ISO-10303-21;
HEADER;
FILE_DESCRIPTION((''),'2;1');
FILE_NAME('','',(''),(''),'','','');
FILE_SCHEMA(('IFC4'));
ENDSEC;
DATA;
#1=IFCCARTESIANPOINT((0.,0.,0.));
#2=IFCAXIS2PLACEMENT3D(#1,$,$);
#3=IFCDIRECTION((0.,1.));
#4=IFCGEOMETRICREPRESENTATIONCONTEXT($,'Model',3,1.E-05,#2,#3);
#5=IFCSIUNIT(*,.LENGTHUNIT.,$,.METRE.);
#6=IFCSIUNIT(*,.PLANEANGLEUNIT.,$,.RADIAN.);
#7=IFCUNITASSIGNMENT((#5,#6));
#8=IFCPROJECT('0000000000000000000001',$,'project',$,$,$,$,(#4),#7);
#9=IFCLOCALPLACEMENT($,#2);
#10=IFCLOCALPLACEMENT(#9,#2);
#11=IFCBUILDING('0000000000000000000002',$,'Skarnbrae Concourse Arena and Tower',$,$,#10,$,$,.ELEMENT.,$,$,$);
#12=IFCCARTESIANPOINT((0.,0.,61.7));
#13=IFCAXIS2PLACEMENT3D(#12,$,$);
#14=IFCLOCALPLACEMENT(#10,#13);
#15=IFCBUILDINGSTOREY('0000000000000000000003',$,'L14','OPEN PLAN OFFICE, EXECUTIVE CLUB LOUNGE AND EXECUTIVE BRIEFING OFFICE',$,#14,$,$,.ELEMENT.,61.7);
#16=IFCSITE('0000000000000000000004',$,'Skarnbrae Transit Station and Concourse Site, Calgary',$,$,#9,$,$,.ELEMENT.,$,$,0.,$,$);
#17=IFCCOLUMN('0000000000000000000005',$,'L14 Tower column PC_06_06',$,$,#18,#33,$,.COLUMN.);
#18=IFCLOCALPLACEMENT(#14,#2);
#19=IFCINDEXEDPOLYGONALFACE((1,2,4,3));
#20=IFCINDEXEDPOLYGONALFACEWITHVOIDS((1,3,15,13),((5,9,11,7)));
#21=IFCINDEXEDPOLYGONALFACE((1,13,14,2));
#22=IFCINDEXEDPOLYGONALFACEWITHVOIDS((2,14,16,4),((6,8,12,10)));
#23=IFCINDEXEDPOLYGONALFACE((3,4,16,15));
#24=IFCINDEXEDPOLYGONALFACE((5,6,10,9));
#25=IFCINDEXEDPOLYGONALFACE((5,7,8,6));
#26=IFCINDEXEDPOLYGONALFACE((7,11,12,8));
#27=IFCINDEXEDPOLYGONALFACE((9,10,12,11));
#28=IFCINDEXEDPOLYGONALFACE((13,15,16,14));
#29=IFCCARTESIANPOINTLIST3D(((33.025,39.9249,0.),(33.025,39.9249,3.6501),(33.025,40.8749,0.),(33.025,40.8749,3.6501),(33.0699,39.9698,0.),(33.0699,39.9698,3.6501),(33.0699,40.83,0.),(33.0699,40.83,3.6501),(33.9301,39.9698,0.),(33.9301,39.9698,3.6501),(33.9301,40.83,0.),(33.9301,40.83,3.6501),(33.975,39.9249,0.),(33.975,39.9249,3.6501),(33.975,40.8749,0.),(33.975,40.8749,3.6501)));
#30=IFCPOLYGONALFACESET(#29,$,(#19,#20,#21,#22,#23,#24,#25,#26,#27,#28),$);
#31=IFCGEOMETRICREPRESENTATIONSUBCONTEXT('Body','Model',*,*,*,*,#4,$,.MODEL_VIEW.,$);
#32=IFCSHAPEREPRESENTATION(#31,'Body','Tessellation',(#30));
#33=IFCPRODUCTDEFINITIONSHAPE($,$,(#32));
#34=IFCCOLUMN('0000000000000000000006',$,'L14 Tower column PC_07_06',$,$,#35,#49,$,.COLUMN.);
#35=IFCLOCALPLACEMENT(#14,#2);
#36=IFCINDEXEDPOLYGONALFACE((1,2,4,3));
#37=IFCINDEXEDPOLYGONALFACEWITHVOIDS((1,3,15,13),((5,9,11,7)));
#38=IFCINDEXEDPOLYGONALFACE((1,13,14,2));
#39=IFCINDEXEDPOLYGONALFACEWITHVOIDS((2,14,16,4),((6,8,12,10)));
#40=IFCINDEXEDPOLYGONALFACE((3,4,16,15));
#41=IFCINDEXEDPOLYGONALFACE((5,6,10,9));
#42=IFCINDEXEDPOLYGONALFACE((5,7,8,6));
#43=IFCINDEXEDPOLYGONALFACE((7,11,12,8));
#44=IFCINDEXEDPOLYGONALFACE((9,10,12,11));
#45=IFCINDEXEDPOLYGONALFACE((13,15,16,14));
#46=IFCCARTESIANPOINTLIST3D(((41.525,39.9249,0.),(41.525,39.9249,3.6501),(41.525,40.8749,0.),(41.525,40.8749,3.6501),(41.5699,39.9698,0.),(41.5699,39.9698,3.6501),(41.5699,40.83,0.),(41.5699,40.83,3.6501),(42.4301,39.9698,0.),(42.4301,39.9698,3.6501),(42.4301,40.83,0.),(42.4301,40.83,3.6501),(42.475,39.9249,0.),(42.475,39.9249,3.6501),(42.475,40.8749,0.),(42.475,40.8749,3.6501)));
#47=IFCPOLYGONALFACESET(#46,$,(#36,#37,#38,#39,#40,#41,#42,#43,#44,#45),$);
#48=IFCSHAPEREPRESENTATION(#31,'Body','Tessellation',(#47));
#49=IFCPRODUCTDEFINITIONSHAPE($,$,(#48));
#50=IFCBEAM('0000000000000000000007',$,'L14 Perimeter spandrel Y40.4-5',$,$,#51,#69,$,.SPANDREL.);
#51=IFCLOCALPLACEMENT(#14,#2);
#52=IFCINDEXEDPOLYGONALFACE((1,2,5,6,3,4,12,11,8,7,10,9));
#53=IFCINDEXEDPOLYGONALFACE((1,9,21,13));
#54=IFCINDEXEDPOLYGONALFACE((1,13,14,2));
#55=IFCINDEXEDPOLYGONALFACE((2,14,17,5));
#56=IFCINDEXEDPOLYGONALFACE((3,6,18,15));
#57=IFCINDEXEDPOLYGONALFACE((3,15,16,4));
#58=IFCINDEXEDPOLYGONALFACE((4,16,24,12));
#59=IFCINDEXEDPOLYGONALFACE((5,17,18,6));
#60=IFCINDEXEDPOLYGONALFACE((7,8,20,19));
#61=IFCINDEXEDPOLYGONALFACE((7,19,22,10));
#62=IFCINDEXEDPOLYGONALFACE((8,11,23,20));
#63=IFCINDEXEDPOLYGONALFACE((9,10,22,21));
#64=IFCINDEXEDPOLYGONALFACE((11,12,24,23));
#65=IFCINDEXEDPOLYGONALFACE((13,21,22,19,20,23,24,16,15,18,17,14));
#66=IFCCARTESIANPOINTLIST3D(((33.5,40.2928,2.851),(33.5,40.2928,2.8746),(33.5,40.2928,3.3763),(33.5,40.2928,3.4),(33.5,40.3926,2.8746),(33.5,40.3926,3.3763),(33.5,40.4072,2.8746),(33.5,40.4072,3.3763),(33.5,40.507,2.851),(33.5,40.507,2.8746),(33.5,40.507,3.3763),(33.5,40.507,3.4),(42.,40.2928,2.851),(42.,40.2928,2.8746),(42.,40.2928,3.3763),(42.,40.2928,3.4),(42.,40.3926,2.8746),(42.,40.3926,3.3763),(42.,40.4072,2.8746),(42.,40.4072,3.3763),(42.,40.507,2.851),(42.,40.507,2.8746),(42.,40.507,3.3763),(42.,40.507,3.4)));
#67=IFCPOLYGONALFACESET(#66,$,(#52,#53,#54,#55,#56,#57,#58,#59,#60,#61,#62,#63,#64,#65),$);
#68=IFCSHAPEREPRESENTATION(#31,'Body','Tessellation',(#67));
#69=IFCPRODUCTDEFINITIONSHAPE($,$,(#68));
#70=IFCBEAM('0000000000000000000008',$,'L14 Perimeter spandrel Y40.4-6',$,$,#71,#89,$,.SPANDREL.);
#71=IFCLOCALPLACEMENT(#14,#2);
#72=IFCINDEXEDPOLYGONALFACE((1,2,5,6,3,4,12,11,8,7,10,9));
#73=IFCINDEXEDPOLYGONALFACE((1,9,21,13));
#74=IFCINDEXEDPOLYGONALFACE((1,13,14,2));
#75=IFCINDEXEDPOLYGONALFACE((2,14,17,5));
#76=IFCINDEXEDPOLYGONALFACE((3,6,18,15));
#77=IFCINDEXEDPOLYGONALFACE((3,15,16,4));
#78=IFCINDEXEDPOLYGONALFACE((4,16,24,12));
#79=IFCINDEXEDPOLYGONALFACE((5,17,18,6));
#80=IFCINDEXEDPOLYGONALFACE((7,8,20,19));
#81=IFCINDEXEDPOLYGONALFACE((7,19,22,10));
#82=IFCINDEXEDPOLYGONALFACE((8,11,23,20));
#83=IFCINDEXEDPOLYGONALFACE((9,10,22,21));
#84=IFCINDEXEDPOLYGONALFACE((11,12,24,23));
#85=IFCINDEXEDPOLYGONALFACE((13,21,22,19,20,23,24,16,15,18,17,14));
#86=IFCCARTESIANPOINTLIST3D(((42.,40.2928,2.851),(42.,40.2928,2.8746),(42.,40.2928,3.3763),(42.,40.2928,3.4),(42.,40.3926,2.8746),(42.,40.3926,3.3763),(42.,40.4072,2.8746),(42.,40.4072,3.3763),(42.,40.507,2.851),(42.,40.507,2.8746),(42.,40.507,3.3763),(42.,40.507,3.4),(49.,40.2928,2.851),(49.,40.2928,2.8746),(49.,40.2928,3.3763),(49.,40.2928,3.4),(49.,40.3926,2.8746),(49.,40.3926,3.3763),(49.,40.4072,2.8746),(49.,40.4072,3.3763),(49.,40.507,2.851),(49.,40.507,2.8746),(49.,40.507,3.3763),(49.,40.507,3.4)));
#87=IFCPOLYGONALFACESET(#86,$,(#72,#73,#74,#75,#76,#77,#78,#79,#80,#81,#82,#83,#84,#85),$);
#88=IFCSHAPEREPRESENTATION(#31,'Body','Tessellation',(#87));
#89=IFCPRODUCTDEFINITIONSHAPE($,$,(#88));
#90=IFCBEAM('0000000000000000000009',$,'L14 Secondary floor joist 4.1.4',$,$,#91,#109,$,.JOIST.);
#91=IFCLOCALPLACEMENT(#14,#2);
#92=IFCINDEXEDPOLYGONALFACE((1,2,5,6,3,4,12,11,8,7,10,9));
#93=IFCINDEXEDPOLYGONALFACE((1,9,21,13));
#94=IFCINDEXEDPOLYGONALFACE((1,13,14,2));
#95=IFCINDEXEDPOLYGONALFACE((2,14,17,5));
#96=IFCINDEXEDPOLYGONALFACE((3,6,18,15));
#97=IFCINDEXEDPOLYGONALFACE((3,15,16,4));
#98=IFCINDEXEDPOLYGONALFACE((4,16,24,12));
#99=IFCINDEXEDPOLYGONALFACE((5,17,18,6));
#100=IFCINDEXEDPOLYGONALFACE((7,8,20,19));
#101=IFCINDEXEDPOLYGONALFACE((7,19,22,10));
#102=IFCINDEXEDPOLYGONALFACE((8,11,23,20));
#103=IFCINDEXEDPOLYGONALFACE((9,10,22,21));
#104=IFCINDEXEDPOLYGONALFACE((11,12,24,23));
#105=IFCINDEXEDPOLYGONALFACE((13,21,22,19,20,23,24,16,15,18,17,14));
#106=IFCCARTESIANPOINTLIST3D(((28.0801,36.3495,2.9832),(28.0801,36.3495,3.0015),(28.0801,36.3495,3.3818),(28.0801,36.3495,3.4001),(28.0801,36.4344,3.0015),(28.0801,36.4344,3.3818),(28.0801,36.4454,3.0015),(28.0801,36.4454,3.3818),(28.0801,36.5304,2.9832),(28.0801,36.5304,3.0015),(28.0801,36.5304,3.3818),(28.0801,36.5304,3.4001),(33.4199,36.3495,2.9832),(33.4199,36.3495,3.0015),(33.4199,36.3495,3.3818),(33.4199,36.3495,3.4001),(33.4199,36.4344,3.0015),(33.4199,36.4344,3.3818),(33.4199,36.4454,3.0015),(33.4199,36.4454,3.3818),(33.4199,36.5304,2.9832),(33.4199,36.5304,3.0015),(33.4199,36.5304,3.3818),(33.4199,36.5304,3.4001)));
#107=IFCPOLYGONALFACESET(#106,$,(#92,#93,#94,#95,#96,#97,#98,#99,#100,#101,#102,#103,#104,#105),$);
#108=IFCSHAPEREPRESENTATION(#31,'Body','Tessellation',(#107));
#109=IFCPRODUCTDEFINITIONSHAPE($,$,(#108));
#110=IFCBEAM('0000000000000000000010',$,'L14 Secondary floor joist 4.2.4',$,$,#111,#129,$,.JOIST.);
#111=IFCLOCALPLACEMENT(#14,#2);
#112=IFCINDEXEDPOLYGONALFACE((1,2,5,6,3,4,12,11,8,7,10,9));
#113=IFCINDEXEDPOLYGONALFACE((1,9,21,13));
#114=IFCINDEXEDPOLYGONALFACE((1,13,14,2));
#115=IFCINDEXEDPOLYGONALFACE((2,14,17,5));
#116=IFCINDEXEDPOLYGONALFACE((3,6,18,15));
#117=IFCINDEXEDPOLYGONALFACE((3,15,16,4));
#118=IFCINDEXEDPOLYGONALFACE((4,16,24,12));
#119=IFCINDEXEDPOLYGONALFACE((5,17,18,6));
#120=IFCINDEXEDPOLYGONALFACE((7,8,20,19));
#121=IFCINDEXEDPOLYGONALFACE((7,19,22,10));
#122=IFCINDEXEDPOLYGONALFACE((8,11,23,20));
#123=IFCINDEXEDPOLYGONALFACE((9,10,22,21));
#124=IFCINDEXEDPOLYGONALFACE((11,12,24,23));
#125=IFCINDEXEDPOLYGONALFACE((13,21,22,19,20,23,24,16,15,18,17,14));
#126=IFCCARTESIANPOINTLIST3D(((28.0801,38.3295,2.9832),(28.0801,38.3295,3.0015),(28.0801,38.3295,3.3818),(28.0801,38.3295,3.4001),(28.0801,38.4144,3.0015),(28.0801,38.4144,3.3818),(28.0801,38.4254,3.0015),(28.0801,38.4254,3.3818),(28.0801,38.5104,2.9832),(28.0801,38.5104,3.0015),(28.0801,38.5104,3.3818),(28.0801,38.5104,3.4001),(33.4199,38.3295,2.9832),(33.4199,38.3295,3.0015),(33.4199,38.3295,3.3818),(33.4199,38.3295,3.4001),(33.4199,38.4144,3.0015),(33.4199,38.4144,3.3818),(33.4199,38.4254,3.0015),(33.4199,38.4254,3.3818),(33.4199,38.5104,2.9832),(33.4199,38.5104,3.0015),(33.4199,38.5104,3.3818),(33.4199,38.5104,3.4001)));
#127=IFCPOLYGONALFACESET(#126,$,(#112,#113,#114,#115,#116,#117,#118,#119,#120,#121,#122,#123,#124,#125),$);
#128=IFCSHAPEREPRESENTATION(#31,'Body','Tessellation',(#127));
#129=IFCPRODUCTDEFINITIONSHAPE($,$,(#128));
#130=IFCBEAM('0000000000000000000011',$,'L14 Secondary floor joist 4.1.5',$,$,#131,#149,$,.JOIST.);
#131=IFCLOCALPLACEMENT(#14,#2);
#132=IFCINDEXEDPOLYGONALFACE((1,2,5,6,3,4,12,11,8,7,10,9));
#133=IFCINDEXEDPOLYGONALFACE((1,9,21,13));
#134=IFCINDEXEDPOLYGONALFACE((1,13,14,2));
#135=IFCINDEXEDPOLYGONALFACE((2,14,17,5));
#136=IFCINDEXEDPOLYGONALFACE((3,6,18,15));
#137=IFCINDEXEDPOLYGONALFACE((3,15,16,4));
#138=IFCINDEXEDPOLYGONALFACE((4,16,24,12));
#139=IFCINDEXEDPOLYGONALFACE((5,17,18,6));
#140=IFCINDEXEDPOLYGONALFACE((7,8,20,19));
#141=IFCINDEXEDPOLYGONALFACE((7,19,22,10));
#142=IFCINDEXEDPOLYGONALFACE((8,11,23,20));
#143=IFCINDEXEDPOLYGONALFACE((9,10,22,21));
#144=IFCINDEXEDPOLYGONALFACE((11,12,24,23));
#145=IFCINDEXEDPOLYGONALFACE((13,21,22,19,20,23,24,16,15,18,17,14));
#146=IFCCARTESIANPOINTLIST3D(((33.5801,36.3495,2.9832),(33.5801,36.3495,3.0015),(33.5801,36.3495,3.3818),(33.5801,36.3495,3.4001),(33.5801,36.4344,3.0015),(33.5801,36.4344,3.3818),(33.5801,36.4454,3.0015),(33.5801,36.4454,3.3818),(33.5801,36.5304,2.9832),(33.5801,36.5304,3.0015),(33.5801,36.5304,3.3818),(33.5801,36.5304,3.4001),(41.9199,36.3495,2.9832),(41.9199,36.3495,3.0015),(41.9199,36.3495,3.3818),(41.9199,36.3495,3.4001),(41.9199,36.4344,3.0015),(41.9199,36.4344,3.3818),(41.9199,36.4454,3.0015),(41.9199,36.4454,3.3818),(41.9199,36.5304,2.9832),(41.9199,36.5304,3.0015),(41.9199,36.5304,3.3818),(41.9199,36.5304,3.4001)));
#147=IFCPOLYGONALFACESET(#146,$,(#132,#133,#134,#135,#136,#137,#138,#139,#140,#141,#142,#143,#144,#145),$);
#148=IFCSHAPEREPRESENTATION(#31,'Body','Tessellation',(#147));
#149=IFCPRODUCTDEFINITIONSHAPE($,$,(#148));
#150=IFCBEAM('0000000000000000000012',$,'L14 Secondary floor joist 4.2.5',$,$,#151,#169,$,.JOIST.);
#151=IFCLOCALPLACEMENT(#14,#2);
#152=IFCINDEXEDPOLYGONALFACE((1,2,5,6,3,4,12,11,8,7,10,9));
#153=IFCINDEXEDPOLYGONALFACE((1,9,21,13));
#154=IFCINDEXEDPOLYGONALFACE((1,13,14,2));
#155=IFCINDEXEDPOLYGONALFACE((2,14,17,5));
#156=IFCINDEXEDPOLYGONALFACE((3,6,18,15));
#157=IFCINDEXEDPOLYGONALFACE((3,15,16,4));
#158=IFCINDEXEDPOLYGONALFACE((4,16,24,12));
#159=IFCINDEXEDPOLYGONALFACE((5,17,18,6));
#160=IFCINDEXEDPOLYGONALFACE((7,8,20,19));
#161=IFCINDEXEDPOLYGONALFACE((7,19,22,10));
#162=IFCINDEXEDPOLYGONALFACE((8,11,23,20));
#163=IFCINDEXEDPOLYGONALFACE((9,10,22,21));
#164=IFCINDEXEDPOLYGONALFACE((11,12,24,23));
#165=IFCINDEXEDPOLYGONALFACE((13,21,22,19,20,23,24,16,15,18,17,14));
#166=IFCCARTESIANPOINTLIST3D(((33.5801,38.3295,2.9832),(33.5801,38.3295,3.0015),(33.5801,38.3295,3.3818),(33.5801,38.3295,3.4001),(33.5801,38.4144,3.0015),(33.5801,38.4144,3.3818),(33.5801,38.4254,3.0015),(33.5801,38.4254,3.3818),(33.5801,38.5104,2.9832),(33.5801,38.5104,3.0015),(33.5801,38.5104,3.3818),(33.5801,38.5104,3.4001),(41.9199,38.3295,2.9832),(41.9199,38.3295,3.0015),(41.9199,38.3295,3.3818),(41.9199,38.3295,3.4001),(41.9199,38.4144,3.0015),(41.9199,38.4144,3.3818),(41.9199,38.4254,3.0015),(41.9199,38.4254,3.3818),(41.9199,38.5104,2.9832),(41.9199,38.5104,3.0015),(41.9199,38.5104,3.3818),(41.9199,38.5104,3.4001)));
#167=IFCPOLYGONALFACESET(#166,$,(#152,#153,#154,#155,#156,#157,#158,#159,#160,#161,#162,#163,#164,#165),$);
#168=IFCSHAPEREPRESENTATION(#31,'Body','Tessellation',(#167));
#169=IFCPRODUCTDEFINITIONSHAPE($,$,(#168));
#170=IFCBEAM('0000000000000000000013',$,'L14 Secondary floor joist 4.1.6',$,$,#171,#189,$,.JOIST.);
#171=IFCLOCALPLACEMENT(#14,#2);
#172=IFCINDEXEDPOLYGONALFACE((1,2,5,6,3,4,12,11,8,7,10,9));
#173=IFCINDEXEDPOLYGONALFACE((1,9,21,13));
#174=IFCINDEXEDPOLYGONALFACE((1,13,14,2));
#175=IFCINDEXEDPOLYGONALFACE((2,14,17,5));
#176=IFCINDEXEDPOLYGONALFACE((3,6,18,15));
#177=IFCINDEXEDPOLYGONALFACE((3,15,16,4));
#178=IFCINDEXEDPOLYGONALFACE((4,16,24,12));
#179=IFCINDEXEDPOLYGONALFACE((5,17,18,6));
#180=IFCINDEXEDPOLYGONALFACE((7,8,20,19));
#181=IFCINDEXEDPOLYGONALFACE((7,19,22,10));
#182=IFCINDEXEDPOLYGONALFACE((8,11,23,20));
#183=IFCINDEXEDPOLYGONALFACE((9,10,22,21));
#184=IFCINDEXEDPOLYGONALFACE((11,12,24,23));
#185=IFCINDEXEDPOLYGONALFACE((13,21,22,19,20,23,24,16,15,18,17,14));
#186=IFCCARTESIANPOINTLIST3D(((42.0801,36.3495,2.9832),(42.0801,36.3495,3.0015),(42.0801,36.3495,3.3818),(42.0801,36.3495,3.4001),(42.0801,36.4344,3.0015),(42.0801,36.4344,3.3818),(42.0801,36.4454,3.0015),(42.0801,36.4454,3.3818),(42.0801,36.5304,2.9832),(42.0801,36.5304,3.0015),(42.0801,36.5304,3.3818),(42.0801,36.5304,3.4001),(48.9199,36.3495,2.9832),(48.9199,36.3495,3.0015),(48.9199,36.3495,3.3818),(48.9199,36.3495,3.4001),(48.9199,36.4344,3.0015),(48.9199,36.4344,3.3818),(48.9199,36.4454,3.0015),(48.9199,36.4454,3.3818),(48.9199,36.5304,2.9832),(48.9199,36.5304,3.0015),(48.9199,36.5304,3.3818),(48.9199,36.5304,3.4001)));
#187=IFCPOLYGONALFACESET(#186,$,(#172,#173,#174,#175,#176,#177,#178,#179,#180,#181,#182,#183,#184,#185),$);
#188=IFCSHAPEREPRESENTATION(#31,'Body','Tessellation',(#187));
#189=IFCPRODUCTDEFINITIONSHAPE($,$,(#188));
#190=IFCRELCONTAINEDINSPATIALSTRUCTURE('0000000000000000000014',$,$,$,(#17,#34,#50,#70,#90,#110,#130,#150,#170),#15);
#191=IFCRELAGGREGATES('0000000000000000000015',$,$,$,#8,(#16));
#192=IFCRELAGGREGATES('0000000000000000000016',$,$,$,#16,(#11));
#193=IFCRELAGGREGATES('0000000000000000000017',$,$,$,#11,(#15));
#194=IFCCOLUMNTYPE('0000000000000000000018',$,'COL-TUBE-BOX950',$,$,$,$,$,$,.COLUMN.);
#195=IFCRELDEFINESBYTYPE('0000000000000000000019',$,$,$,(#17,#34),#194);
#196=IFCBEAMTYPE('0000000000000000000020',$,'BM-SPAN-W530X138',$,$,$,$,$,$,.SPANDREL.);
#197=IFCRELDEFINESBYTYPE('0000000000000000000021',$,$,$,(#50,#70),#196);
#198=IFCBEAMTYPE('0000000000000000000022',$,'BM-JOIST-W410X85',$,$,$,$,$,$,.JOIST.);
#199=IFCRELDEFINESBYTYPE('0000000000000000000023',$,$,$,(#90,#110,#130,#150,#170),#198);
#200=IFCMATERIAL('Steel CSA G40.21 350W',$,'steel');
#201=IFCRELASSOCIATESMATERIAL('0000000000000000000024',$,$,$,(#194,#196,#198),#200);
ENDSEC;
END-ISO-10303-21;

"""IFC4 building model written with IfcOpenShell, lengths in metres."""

from ifc_helpers import new_model, si_unit, direction, frame, origin, origin_2d, place, context, subcontext, project, spatial, hollow_rectangle, i_section, extrude, source, transform, mapped, material, material_profile, profile_set, type_object, element, save


model = new_model("IFC4")

# Units and contexts
model_context = context("Model", 3, precision=1e-05, world=origin(), true_north=direction((0.0, 1.0)))
body_context = subcontext(model_context, "Body", "Model", "MODEL_VIEW")
ifc_project = project(units=[si_unit("LENGTHUNIT", "METRE"), si_unit("PLANEANGLEUNIT", "RADIAN")], contexts=[model_context])

# Site, building, storey
site_placement = place(None, origin())
site = spatial("IfcSite", under=ifc_project, at=site_placement, Name="Skarnbrae Transit Station and Concourse Site, Calgary", CompositionType="ELEMENT", RefElevation=0.0)
building_placement = place(site_placement, origin())
building = spatial("IfcBuilding", under=site, at=building_placement, Name="Skarnbrae Concourse Arena and Tower", CompositionType="ELEMENT")
storey_placement = place(building_placement, frame((0.0, 0.0, 61.7)))
storey = spatial("IfcBuildingStorey", under=building, at=storey_placement, Name="L14", Description="OPEN PLAN OFFICE, EXECUTIVE CLUB LOUNGE AND EXECUTIVE BRIEFING OFFICE", CompositionType="ELEMENT", Elevation=61.7)

# Columns
ifc_material_1 = material(Name="Steel CSA G40.21 350W", Category="steel")
ifc_material_profile_1 = material_profile(ifc_material_1, hollow_rectangle(XDim=0.95, YDim=0.95, WallThickness=0.0449, at=origin_2d()), Name="BOX950X950X45")
ifc_profile_set_1 = profile_set([ifc_material_profile_1], Name="Steel CSA G40.21 350W")
column_type = type_object("IfcColumnType", Name="COL-TUBE-BOX950", PredefinedType="COLUMN", material=ifc_profile_set_1)
shared_shape_1 = source(origin(), body_context, "Body", "SweptSolid", [
    extrude(hollow_rectangle(XDim=0.95, YDim=0.95, WallThickness=0.0449, at=origin_2d()), origin(), (0.0, 0.0, 1.0), 3.6501),
])
for number, where, z_axis, x_axis, name in (
    (1, (33.5, 40.3999, 0.0), (0.0, 0.0, 1.0), (1.0, 0.0, 0.0), "L14 Tower column PC_06_06"),
    (2, (42.0, 40.3999, 0.0), (0.0, 0.0, 1.0), (1.0, 0.0, 0.0), "L14 Tower column PC_07_06"),
):
    element("IfcColumn", number, at=place(storey_placement, frame(where, z_axis=z_axis, x_axis=x_axis)), inside=storey, type_object=column_type, Name=name, PredefinedType="COLUMN", context=body_context, shape_type="MappedRepresentation", body=[
        mapped(shared_shape_1, transform((0.0, 0.0, 0.0))),
    ])

# Beams
ifc_material_profile_2 = material_profile(ifc_material_1, i_section(OverallWidth=0.2141, OverallDepth=0.5491, WebThickness=0.0146, FlangeThickness=0.0237, at=origin_2d()), Name="W530X138")
ifc_profile_set_2 = profile_set([ifc_material_profile_2], Name="Steel CSA G40.21 350W")
beam_type_1 = type_object("IfcBeamType", Name="BM-SPAN-W530X138", PredefinedType="SPANDREL", material=ifc_profile_set_2)
shared_shape_2 = source(origin(), body_context, "Body", "SweptSolid", [
    extrude(i_section(OverallWidth=0.2141, OverallDepth=0.5491, WebThickness=0.0146, FlangeThickness=0.0237, at=origin_2d()), origin(), (0.0, 0.0, 1.0), 8.5),
])
beam_1_placement = place(storey_placement, frame((33.5, 40.3999, 3.1255), z_axis=(1.0, 0.0, 0.0), x_axis=(0.0, 1.0, 0.0)))
element("IfcBeam", 3, at=beam_1_placement, inside=storey, type_object=beam_type_1, Name="L14 Perimeter spandrel Y40.4-5", PredefinedType="SPANDREL", context=body_context, shape_type="MappedRepresentation", body=[
    mapped(shared_shape_2, transform((0.0, 0.0, 0.0))),
])
shared_shape_3 = source(origin(), body_context, "Body", "SweptSolid", [
    extrude(i_section(OverallWidth=0.2141, OverallDepth=0.5491, WebThickness=0.0146, FlangeThickness=0.0237, at=origin_2d()), origin(), (0.0, 0.0, 1.0), 7.0),
])
beam_2_placement = place(storey_placement, frame((42.0, 40.3999, 3.1255), z_axis=(1.0, 0.0, 0.0), x_axis=(0.0, 1.0, 0.0)))
element("IfcBeam", 4, at=beam_2_placement, inside=storey, type_object=beam_type_1, Name="L14 Perimeter spandrel Y40.4-6", PredefinedType="SPANDREL", context=body_context, shape_type="MappedRepresentation", body=[
    mapped(shared_shape_3, transform((0.0, 0.0, 0.0))),
])
ifc_material_profile_3 = material_profile(ifc_material_1, i_section(OverallWidth=0.1809, OverallDepth=0.417, WebThickness=0.011, FlangeThickness=0.0183, at=origin_2d()), Name="W410X85")
ifc_profile_set_3 = profile_set([ifc_material_profile_3], Name="Steel CSA G40.21 350W")
beam_type_2 = type_object("IfcBeamType", Name="BM-JOIST-W410X85", PredefinedType="JOIST", material=ifc_profile_set_3)
shared_shape_4 = source(origin(), body_context, "Body", "SweptSolid", [
    extrude(i_section(OverallWidth=0.1809, OverallDepth=0.417, WebThickness=0.011, FlangeThickness=0.0183, at=origin_2d()), origin(), (0.0, 0.0, 1.0), 5.3398),
])
for number, where, z_axis, x_axis, name in (
    (5, (28.0801, 36.4399, 3.1917), (1.0, 0.0, 0.0), (0.0, 1.0, 0.0), "L14 Secondary floor joist 4.1.4"),
    (6, (28.0801, 38.4199, 3.1917), (1.0, 0.0, 0.0), (0.0, 1.0, 0.0), "L14 Secondary floor joist 4.2.4"),
):
    element("IfcBeam", number, at=place(storey_placement, frame(where, z_axis=z_axis, x_axis=x_axis)), inside=storey, type_object=beam_type_2, Name=name, PredefinedType="JOIST", context=body_context, shape_type="MappedRepresentation", body=[
        mapped(shared_shape_4, transform((0.0, 0.0, 0.0))),
    ])
shared_shape_5 = source(origin(), body_context, "Body", "SweptSolid", [
    extrude(i_section(OverallWidth=0.1809, OverallDepth=0.417, WebThickness=0.011, FlangeThickness=0.0183, at=origin_2d()), origin(), (0.0, 0.0, 1.0), 8.3398),
])
for number, where, z_axis, x_axis, name in (
    (7, (33.5801, 36.4399, 3.1917), (1.0, 0.0, 0.0), (0.0, 1.0, 0.0), "L14 Secondary floor joist 4.1.5"),
    (8, (33.5801, 38.4199, 3.1917), (1.0, 0.0, 0.0), (0.0, 1.0, 0.0), "L14 Secondary floor joist 4.2.5"),
):
    element("IfcBeam", number, at=place(storey_placement, frame(where, z_axis=z_axis, x_axis=x_axis)), inside=storey, type_object=beam_type_2, Name=name, PredefinedType="JOIST", context=body_context, shape_type="MappedRepresentation", body=[
        mapped(shared_shape_5, transform((0.0, 0.0, 0.0))),
    ])
shared_shape_6 = source(origin(), body_context, "Body", "SweptSolid", [
    extrude(i_section(OverallWidth=0.1809, OverallDepth=0.417, WebThickness=0.011, FlangeThickness=0.0183, at=origin_2d()), origin(), (0.0, 0.0, 1.0), 6.8398),
])
for number, where, z_axis, x_axis, name in (
    (9, (42.0801, 36.4399, 3.1917), (1.0, 0.0, 0.0), (0.0, 1.0, 0.0), "L14 Secondary floor joist 4.1.6"),
):
    element("IfcBeam", number, at=place(storey_placement, frame(where, z_axis=z_axis, x_axis=x_axis)), inside=storey, type_object=beam_type_2, Name=name, PredefinedType="JOIST", context=body_context, shape_type="MappedRepresentation", body=[
        mapped(shared_shape_6, transform((0.0, 0.0, 0.0))),
    ])

save(model, "model.ifc")
